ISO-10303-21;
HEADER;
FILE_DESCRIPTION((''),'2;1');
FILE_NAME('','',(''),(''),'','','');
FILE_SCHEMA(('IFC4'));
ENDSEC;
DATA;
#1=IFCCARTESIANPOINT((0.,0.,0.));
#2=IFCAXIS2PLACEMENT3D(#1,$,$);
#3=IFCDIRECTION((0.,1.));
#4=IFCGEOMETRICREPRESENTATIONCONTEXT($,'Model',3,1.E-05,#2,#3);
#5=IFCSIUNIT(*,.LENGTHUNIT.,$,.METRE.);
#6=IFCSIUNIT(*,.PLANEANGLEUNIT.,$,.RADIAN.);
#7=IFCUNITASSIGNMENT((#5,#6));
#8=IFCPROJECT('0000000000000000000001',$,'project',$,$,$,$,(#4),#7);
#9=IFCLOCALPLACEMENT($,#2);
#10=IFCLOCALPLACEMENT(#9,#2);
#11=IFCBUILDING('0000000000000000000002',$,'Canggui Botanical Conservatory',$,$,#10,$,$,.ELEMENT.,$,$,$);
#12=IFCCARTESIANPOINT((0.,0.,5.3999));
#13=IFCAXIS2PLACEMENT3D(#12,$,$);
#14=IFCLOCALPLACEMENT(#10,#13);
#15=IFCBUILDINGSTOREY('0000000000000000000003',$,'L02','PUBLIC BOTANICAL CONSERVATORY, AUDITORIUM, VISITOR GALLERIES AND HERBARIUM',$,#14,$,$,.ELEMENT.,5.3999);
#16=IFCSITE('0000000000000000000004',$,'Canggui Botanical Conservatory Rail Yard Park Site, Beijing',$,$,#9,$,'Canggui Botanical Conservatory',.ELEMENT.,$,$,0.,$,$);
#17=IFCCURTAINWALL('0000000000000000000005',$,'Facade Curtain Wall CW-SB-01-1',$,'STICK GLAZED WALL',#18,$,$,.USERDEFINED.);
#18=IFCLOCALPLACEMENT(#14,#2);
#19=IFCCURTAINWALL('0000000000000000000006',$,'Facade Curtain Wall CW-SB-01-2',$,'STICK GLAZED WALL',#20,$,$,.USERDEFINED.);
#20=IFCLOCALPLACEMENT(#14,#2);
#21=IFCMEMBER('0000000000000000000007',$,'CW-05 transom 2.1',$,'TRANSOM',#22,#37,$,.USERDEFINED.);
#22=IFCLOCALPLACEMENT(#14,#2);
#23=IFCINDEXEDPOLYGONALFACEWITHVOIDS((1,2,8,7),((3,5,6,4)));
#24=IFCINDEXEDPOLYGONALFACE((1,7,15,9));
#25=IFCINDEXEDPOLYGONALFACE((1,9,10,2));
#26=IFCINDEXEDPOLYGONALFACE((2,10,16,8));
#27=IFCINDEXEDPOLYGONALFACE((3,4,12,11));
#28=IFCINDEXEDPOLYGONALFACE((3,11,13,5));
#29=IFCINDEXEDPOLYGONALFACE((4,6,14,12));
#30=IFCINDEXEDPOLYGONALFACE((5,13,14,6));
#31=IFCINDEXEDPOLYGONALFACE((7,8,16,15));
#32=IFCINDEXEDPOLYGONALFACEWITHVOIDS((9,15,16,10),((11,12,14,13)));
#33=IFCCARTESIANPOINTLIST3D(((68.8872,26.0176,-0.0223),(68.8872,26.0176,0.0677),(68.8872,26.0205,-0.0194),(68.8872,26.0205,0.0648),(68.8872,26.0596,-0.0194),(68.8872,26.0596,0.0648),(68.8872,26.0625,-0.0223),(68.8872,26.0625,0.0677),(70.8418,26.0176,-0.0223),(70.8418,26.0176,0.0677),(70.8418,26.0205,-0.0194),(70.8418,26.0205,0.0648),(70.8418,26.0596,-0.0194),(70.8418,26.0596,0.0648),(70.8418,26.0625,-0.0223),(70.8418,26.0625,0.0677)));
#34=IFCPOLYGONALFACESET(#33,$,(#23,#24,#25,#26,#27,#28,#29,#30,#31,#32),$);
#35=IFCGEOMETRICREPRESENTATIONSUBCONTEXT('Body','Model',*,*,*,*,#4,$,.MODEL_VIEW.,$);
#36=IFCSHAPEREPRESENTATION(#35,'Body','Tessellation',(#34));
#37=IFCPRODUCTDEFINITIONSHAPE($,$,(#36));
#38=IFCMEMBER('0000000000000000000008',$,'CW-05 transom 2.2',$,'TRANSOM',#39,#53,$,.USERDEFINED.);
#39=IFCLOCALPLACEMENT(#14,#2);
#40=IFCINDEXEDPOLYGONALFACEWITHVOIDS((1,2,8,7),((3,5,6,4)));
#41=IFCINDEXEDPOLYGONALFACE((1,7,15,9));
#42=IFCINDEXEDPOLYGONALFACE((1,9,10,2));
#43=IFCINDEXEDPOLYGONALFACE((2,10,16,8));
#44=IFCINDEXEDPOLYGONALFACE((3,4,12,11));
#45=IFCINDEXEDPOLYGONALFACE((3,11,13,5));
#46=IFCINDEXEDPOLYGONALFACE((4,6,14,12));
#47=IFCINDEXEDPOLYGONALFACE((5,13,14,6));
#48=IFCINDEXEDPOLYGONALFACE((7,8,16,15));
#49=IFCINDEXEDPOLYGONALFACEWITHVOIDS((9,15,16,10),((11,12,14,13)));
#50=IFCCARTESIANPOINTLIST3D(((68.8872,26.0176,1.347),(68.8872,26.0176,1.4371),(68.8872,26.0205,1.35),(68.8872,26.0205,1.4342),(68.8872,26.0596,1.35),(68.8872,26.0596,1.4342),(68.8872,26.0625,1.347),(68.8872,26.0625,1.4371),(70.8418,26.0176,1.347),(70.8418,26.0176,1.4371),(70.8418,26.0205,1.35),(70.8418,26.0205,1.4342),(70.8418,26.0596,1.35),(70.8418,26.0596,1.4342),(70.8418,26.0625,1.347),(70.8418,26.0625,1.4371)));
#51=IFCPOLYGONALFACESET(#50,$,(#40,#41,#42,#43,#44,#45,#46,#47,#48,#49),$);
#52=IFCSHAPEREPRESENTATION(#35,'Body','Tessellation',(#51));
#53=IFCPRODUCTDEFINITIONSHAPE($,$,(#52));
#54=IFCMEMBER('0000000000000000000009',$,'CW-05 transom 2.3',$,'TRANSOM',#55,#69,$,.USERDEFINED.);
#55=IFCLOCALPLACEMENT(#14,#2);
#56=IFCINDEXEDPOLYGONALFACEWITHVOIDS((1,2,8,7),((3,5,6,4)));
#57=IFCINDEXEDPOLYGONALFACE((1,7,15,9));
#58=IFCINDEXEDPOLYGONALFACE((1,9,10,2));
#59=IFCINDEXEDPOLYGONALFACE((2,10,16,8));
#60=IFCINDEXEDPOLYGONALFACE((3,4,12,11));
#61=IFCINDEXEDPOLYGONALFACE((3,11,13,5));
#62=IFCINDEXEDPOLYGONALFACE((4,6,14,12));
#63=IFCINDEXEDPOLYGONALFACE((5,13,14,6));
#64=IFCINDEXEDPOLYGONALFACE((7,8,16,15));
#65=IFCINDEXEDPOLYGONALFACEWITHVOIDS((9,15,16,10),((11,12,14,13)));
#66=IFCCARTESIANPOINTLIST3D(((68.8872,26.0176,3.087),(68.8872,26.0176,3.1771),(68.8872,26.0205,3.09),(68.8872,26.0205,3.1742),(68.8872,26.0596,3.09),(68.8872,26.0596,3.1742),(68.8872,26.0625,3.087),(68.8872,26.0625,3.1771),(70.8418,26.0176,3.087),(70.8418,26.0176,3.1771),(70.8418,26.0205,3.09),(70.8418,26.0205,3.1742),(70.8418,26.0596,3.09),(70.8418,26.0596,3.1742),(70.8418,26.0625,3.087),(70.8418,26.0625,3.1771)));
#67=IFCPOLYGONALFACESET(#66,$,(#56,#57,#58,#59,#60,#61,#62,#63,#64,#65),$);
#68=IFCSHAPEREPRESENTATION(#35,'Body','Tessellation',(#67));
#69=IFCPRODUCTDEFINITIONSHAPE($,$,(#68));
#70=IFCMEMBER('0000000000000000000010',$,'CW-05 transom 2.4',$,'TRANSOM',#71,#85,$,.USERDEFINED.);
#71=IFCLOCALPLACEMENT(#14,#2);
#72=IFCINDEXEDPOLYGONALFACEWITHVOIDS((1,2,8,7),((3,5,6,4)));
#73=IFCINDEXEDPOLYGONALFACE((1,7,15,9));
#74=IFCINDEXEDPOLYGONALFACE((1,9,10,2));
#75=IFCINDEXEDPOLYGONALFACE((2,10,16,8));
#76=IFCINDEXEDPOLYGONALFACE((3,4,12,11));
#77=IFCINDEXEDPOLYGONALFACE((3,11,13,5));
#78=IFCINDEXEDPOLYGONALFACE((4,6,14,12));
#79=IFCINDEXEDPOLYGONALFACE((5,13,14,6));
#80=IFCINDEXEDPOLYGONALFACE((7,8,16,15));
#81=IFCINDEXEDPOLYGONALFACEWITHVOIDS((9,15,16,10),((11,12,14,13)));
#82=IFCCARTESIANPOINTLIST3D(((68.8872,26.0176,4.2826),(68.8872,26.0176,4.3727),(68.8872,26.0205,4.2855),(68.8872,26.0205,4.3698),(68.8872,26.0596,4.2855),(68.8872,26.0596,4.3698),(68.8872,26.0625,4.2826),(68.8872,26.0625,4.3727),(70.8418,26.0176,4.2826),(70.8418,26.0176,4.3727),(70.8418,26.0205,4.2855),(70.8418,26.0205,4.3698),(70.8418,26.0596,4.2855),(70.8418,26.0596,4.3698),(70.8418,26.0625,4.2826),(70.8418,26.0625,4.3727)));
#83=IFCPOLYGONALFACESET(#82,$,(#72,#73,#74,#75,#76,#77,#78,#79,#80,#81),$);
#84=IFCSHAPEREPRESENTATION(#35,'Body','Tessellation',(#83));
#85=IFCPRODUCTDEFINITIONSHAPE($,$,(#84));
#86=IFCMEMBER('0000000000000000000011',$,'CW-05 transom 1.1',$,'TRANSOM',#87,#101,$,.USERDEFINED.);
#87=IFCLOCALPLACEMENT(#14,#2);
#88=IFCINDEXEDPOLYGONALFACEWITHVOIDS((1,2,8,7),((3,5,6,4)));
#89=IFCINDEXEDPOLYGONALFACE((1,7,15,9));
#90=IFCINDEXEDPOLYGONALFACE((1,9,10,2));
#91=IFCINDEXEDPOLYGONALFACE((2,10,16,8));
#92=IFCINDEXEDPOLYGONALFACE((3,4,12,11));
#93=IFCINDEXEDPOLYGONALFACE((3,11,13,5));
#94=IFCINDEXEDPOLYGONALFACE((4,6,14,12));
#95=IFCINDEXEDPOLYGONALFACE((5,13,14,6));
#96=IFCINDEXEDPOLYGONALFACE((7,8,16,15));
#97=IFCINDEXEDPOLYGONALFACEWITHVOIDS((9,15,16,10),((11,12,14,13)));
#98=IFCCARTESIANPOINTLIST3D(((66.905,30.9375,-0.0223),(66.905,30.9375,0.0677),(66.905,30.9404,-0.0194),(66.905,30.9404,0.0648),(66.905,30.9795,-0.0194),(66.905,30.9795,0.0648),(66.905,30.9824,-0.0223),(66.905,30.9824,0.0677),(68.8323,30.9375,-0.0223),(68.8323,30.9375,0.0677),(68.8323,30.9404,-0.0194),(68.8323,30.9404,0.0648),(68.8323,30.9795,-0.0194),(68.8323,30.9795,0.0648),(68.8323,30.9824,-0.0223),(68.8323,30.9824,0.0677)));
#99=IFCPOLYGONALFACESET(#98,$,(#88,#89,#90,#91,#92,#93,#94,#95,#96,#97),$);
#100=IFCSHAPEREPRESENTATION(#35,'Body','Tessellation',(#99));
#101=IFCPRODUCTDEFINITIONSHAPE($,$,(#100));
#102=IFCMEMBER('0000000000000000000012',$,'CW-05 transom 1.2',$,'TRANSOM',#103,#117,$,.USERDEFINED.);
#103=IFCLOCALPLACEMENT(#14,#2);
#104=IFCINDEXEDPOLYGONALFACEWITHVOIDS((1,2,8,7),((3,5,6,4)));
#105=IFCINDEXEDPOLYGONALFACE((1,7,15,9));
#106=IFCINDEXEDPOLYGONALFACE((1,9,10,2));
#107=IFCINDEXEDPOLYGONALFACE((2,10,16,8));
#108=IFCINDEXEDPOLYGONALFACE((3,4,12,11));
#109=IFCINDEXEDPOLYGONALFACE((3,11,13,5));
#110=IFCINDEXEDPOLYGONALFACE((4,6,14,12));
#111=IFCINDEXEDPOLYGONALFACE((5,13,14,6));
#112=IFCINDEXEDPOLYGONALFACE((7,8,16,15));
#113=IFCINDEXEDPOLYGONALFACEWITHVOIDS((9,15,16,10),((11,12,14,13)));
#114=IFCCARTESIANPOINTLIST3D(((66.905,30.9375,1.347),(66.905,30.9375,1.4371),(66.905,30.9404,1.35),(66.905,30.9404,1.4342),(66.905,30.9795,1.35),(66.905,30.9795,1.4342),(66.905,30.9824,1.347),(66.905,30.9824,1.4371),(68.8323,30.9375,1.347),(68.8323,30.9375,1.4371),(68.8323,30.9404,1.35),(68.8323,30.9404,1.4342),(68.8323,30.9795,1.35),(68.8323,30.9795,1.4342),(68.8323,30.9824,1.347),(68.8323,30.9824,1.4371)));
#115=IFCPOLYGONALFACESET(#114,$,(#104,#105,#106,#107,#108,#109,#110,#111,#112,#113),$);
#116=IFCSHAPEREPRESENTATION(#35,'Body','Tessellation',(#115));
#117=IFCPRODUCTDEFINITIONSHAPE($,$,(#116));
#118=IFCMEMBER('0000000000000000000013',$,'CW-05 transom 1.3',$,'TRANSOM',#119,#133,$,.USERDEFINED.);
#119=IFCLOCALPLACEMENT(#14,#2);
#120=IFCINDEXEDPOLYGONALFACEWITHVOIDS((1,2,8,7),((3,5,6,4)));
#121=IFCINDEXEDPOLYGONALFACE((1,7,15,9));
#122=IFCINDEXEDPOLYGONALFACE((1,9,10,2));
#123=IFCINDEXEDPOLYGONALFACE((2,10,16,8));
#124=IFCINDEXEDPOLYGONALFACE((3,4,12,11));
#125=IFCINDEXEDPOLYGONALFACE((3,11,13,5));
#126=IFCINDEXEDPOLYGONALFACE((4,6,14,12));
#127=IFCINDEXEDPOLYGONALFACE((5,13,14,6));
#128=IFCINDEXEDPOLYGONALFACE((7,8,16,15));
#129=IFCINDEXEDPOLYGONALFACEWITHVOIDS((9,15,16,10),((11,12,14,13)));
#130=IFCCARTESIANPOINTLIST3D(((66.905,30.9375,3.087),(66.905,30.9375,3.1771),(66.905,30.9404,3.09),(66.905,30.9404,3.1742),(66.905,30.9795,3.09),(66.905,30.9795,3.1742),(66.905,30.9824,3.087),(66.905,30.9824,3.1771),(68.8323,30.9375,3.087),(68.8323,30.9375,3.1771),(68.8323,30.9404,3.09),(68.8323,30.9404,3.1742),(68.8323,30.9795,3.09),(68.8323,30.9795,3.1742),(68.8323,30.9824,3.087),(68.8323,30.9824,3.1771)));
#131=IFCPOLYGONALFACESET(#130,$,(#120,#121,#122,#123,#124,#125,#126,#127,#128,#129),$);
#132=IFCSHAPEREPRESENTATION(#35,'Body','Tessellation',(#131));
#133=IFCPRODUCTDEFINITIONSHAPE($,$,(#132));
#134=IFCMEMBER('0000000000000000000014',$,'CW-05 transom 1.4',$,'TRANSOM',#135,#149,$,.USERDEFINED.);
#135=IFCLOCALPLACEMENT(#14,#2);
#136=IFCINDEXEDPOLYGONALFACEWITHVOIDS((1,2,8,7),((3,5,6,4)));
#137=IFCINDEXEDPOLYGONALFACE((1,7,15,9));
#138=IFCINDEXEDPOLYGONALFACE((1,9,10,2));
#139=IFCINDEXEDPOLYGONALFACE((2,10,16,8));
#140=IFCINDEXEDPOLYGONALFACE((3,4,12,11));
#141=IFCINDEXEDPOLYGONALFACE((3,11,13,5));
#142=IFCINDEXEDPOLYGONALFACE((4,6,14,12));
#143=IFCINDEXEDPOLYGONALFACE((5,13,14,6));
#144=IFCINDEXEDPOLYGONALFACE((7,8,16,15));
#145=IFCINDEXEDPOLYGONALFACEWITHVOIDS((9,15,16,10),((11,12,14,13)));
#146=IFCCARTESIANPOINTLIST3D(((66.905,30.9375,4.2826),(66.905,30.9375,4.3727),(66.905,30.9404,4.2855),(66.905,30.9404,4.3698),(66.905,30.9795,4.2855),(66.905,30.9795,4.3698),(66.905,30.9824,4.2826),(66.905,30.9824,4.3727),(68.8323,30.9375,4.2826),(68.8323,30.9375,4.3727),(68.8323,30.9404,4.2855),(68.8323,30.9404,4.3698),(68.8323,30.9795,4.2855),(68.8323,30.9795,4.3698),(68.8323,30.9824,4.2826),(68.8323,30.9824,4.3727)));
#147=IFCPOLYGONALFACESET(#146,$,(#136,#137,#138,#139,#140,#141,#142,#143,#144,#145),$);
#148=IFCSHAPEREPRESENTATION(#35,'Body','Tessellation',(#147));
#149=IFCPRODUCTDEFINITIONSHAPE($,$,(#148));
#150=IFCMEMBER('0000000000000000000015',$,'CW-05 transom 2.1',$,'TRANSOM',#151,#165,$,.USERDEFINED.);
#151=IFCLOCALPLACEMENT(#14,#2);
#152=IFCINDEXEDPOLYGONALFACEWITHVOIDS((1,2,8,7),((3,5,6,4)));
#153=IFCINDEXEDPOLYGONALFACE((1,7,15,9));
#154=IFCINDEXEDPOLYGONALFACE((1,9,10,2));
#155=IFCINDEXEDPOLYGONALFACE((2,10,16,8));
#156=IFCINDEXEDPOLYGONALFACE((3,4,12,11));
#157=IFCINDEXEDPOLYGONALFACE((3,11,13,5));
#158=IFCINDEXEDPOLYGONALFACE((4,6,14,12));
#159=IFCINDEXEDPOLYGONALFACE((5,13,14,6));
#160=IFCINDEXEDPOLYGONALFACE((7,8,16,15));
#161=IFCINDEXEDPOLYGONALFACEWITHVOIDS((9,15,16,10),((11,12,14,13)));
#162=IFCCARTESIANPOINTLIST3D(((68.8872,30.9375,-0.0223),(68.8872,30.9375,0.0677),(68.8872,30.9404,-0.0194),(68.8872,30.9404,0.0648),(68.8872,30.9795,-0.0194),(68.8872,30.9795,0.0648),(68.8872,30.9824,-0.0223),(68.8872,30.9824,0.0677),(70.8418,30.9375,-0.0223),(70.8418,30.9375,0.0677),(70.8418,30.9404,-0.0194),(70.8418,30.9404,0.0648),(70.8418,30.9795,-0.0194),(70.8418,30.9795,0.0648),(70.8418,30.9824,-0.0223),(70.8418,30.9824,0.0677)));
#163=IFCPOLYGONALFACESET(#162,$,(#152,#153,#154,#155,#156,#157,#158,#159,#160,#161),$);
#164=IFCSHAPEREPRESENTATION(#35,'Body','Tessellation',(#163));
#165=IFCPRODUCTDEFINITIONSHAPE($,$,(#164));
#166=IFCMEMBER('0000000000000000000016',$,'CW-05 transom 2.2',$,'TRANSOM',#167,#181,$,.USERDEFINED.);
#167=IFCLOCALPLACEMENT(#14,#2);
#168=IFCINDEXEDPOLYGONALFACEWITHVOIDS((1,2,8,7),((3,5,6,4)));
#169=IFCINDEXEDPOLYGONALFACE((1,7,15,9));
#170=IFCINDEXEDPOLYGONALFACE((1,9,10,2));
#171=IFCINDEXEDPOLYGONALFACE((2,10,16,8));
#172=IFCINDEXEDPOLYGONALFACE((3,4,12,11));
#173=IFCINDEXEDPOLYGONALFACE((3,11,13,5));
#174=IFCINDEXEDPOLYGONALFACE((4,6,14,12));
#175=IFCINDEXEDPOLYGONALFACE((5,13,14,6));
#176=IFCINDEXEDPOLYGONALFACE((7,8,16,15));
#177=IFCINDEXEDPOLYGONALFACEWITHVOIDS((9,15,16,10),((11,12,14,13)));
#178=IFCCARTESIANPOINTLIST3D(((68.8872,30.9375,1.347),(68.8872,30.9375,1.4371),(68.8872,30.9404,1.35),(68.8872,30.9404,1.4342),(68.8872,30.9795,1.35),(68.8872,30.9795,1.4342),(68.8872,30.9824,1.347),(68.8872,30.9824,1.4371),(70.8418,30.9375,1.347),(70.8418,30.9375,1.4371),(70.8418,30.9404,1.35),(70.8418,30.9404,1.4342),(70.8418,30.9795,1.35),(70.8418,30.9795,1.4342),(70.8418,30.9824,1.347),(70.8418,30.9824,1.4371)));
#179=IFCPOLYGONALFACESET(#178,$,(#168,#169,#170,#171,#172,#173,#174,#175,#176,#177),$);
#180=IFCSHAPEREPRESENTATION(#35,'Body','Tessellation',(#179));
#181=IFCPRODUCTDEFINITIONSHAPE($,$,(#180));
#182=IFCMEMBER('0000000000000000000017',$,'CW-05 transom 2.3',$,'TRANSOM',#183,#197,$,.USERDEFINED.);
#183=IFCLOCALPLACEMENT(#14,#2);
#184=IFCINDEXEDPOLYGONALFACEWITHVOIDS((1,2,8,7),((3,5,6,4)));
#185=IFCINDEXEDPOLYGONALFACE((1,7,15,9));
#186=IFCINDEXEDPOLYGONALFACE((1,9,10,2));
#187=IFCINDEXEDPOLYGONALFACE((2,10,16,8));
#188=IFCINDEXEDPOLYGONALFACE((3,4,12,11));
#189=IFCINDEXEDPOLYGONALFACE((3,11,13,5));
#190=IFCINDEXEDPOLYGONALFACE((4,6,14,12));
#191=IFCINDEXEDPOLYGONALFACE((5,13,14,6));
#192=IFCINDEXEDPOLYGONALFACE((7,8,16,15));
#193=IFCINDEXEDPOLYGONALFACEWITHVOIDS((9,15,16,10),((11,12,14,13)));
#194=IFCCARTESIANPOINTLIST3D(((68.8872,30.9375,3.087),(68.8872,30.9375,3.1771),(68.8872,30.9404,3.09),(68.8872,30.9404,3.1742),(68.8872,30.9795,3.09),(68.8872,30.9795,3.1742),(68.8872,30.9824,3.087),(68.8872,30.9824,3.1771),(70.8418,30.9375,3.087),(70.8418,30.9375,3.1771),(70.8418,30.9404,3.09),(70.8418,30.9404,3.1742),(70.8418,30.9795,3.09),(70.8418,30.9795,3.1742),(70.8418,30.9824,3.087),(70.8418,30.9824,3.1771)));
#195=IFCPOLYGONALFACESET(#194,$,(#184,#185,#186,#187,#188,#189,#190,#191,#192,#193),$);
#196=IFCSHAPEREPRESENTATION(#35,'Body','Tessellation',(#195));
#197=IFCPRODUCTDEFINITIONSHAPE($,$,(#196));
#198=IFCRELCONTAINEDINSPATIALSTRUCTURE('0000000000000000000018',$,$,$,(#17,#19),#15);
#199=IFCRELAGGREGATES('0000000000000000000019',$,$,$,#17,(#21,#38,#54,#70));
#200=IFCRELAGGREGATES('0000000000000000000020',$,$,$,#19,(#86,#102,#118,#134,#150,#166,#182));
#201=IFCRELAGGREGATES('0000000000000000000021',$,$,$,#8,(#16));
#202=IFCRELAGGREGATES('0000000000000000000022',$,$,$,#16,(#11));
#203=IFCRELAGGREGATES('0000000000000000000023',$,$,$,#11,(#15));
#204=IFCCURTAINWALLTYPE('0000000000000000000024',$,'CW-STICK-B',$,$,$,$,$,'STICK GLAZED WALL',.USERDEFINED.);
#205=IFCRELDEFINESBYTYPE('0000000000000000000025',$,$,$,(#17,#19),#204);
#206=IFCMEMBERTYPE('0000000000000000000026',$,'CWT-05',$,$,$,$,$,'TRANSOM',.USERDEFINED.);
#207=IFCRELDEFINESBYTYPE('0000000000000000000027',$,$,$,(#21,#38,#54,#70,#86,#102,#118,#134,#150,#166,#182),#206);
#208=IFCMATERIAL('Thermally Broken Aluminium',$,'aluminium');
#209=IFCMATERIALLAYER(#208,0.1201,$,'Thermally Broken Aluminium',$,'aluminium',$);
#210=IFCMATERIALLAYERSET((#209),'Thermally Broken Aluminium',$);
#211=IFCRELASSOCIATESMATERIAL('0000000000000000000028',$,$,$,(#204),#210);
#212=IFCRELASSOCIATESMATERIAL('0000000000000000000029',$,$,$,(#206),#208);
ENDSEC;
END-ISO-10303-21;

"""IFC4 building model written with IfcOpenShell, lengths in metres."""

from ifc_helpers import new_model, si_unit, direction, frame, origin, origin_2d, place, context, subcontext, project, spatial, hollow_rectangle, extrude, material, layer, layer_set, material_profile, profile_set, type_object, element, aggregate, save


model = new_model("IFC4")

# Units and contexts
model_context = context("Model", 3, precision=1e-05, world=origin(), true_north=direction((0.0, 1.0)))
body_context = subcontext(model_context, "Body", "Model", "MODEL_VIEW")
ifc_project = project(units=[si_unit("LENGTHUNIT", "METRE"), si_unit("PLANEANGLEUNIT", "RADIAN")], contexts=[model_context])

# Site, building, storey
site_placement = place(None, origin())
site = spatial("IfcSite", under=ifc_project, at=site_placement, Name="Canggui Botanical Conservatory Rail Yard Park Site, Beijing", LongName="Canggui Botanical Conservatory", CompositionType="ELEMENT", RefElevation=0.0)
building_placement = place(site_placement, origin())
building = spatial("IfcBuilding", under=site, at=building_placement, Name="Canggui Botanical Conservatory", CompositionType="ELEMENT")
storey_placement = place(building_placement, frame((0.0, 0.0, 5.3999)))
storey = spatial("IfcBuildingStorey", under=building, at=storey_placement, Name="L02", Description="PUBLIC BOTANICAL CONSERVATORY, AUDITORIUM, VISITOR GALLERIES AND HERBARIUM", CompositionType="ELEMENT", Elevation=5.3999)

# Curtain walls
ifc_material_1 = material(Name="Thermally Broken Aluminium", Category="aluminium")
ifc_layer_1 = layer(ifc_material_1, 0.1201, Name="Thermally Broken Aluminium", Category="aluminium")
ifc_layer_set_1 = layer_set([ifc_layer_1], Name="Thermally Broken Aluminium")
curtain_wall_type = type_object("IfcCurtainWallType", Name="CW-STICK-B", ElementType="STICK GLAZED WALL", PredefinedType="USERDEFINED", material=ifc_layer_set_1)
curtain_wall_1_placement = place(storey_placement, origin())
curtain_wall_1 = element("IfcCurtainWall", 1, at=curtain_wall_1_placement, inside=storey, type_object=curtain_wall_type, Name="Facade Curtain Wall CW-SB-01-1", ObjectType="STICK GLAZED WALL", PredefinedType="USERDEFINED")
curtain_wall_2_placement = place(storey_placement, origin())
curtain_wall_2 = element("IfcCurtainWall", 2, at=curtain_wall_2_placement, inside=storey, type_object=curtain_wall_type, Name="Facade Curtain Wall CW-SB-01-2", ObjectType="STICK GLAZED WALL", PredefinedType="USERDEFINED")

# Members
ifc_material_profile_1 = material_profile(ifc_material_1, hollow_rectangle(XDim=0.0449, YDim=0.0901, WallThickness=0.0029, at=origin_2d()), Name="CWT 45x90x3")
ifc_profile_set_1 = profile_set([ifc_material_profile_1], Name="Thermally Broken Aluminium")
member_type_1 = type_object("IfcMemberType", Name="CWT-05", ElementType="TRANSOM", PredefinedType="USERDEFINED", material=ifc_profile_set_1)
member_1_placement = place(storey_placement, frame((68.8872, 26.04, 0.0227), z_axis=(1.0, 0.0, 0.0), x_axis=(0.0, 1.0, 0.0)))
member_1 = element("IfcMember", 3, at=member_1_placement, type_object=member_type_1, Name="CW-05 transom 2.1", ObjectType="TRANSOM", PredefinedType="USERDEFINED", context=body_context, shape_type="SweptSolid", body=[
    extrude(hollow_rectangle(XDim=0.0449, YDim=0.0901, WallThickness=0.0029, at=origin_2d()), origin(), (0.0, 0.0, 1.0), 1.9546),
])
member_2_placement = place(storey_placement, frame((68.8872, 26.04, 1.3921), z_axis=(1.0, 0.0, 0.0), x_axis=(0.0, 1.0, 0.0)))
member_2 = element("IfcMember", 4, at=member_2_placement, type_object=member_type_1, Name="CW-05 transom 2.2", ObjectType="TRANSOM", PredefinedType="USERDEFINED", context=body_context, shape_type="SweptSolid", body=[
    extrude(hollow_rectangle(XDim=0.0449, YDim=0.0901, WallThickness=0.0029, at=origin_2d()), origin(), (0.0, 0.0, 1.0), 1.9546),
])
member_3_placement = place(storey_placement, frame((68.8872, 26.04, 3.1321), z_axis=(1.0, 0.0, 0.0), x_axis=(0.0, 1.0, 0.0)))
member_3 = element("IfcMember", 5, at=member_3_placement, type_object=member_type_1, Name="CW-05 transom 2.3", ObjectType="TRANSOM", PredefinedType="USERDEFINED", context=body_context, shape_type="SweptSolid", body=[
    extrude(hollow_rectangle(XDim=0.0449, YDim=0.0901, WallThickness=0.0029, at=origin_2d()), origin(), (0.0, 0.0, 1.0), 1.9546),
])
member_4_placement = place(storey_placement, frame((68.8872, 26.04, 4.3276), z_axis=(1.0, 0.0, 0.0), x_axis=(0.0, 1.0, 0.0)))
member_4 = element("IfcMember", 6, at=member_4_placement, type_object=member_type_1, Name="CW-05 transom 2.4", ObjectType="TRANSOM", PredefinedType="USERDEFINED", context=body_context, shape_type="SweptSolid", body=[
    extrude(hollow_rectangle(XDim=0.0449, YDim=0.0901, WallThickness=0.0029, at=origin_2d()), origin(), (0.0, 0.0, 1.0), 1.9546),
])
member_5_placement = place(storey_placement, frame((66.905, 30.96, 0.0227), z_axis=(1.0, 0.0, 0.0), x_axis=(0.0, 1.0, 0.0)))
member_5 = element("IfcMember", 7, at=member_5_placement, type_object=member_type_1, Name="CW-05 transom 1.1", ObjectType="TRANSOM", PredefinedType="USERDEFINED", context=body_context, shape_type="SweptSolid", body=[
    extrude(hollow_rectangle(XDim=0.0449, YDim=0.0901, WallThickness=0.0029, at=origin_2d()), origin(), (0.0, 0.0, 1.0), 1.9272),
])
member_6_placement = place(storey_placement, frame((66.905, 30.96, 1.3921), z_axis=(1.0, 0.0, 0.0), x_axis=(0.0, 1.0, 0.0)))
member_6 = element("IfcMember", 8, at=member_6_placement, type_object=member_type_1, Name="CW-05 transom 1.2", ObjectType="TRANSOM", PredefinedType="USERDEFINED", context=body_context, shape_type="SweptSolid", body=[
    extrude(hollow_rectangle(XDim=0.0449, YDim=0.0901, WallThickness=0.0029, at=origin_2d()), origin(), (0.0, 0.0, 1.0), 1.9272),
])
member_7_placement = place(storey_placement, frame((66.905, 30.96, 3.1321), z_axis=(1.0, 0.0, 0.0), x_axis=(0.0, 1.0, 0.0)))
member_7 = element("IfcMember", 9, at=member_7_placement, type_object=member_type_1, Name="CW-05 transom 1.3", ObjectType="TRANSOM", PredefinedType="USERDEFINED", context=body_context, shape_type="SweptSolid", body=[
    extrude(hollow_rectangle(XDim=0.0449, YDim=0.0901, WallThickness=0.0029, at=origin_2d()), origin(), (0.0, 0.0, 1.0), 1.9272),
])
member_8_placement = place(storey_placement, frame((66.905, 30.96, 4.3276), z_axis=(1.0, 0.0, 0.0), x_axis=(0.0, 1.0, 0.0)))
member_8 = element("IfcMember", 10, at=member_8_placement, type_object=member_type_1, Name="CW-05 transom 1.4", ObjectType="TRANSOM", PredefinedType="USERDEFINED", context=body_context, shape_type="SweptSolid", body=[
    extrude(hollow_rectangle(XDim=0.0449, YDim=0.0901, WallThickness=0.0029, at=origin_2d()), origin(), (0.0, 0.0, 1.0), 1.9272),
])
member_9_placement = place(storey_placement, frame((68.8872, 30.96, 0.0227), z_axis=(1.0, 0.0, 0.0), x_axis=(0.0, 1.0, 0.0)))
member_9 = element("IfcMember", 11, at=member_9_placement, type_object=member_type_1, Name="CW-05 transom 2.1", ObjectType="TRANSOM", PredefinedType="USERDEFINED", context=body_context, shape_type="SweptSolid", body=[
    extrude(hollow_rectangle(XDim=0.0449, YDim=0.0901, WallThickness=0.0029, at=origin_2d()), origin(), (0.0, 0.0, 1.0), 1.9546),
])
member_10_placement = place(storey_placement, frame((68.8872, 30.96, 1.3921), z_axis=(1.0, 0.0, 0.0), x_axis=(0.0, 1.0, 0.0)))
member_10 = element("IfcMember", 12, at=member_10_placement, type_object=member_type_1, Name="CW-05 transom 2.2", ObjectType="TRANSOM", PredefinedType="USERDEFINED", context=body_context, shape_type="SweptSolid", body=[
    extrude(hollow_rectangle(XDim=0.0449, YDim=0.0901, WallThickness=0.0029, at=origin_2d()), origin(), (0.0, 0.0, 1.0), 1.9546),
])
member_11_placement = place(storey_placement, frame((68.8872, 30.96, 3.1321), z_axis=(1.0, 0.0, 0.0), x_axis=(0.0, 1.0, 0.0)))
member_11 = element("IfcMember", 13, at=member_11_placement, type_object=member_type_1, Name="CW-05 transom 2.3", ObjectType="TRANSOM", PredefinedType="USERDEFINED", context=body_context, shape_type="SweptSolid", body=[
    extrude(hollow_rectangle(XDim=0.0449, YDim=0.0901, WallThickness=0.0029, at=origin_2d()), origin(), (0.0, 0.0, 1.0), 1.9546),
])

aggregate(curtain_wall_1, [member_1, member_2, member_3, member_4])
aggregate(curtain_wall_2, [member_5, member_6, member_7, member_8, member_9, member_10, member_11])

save(model, "model.ifc")
